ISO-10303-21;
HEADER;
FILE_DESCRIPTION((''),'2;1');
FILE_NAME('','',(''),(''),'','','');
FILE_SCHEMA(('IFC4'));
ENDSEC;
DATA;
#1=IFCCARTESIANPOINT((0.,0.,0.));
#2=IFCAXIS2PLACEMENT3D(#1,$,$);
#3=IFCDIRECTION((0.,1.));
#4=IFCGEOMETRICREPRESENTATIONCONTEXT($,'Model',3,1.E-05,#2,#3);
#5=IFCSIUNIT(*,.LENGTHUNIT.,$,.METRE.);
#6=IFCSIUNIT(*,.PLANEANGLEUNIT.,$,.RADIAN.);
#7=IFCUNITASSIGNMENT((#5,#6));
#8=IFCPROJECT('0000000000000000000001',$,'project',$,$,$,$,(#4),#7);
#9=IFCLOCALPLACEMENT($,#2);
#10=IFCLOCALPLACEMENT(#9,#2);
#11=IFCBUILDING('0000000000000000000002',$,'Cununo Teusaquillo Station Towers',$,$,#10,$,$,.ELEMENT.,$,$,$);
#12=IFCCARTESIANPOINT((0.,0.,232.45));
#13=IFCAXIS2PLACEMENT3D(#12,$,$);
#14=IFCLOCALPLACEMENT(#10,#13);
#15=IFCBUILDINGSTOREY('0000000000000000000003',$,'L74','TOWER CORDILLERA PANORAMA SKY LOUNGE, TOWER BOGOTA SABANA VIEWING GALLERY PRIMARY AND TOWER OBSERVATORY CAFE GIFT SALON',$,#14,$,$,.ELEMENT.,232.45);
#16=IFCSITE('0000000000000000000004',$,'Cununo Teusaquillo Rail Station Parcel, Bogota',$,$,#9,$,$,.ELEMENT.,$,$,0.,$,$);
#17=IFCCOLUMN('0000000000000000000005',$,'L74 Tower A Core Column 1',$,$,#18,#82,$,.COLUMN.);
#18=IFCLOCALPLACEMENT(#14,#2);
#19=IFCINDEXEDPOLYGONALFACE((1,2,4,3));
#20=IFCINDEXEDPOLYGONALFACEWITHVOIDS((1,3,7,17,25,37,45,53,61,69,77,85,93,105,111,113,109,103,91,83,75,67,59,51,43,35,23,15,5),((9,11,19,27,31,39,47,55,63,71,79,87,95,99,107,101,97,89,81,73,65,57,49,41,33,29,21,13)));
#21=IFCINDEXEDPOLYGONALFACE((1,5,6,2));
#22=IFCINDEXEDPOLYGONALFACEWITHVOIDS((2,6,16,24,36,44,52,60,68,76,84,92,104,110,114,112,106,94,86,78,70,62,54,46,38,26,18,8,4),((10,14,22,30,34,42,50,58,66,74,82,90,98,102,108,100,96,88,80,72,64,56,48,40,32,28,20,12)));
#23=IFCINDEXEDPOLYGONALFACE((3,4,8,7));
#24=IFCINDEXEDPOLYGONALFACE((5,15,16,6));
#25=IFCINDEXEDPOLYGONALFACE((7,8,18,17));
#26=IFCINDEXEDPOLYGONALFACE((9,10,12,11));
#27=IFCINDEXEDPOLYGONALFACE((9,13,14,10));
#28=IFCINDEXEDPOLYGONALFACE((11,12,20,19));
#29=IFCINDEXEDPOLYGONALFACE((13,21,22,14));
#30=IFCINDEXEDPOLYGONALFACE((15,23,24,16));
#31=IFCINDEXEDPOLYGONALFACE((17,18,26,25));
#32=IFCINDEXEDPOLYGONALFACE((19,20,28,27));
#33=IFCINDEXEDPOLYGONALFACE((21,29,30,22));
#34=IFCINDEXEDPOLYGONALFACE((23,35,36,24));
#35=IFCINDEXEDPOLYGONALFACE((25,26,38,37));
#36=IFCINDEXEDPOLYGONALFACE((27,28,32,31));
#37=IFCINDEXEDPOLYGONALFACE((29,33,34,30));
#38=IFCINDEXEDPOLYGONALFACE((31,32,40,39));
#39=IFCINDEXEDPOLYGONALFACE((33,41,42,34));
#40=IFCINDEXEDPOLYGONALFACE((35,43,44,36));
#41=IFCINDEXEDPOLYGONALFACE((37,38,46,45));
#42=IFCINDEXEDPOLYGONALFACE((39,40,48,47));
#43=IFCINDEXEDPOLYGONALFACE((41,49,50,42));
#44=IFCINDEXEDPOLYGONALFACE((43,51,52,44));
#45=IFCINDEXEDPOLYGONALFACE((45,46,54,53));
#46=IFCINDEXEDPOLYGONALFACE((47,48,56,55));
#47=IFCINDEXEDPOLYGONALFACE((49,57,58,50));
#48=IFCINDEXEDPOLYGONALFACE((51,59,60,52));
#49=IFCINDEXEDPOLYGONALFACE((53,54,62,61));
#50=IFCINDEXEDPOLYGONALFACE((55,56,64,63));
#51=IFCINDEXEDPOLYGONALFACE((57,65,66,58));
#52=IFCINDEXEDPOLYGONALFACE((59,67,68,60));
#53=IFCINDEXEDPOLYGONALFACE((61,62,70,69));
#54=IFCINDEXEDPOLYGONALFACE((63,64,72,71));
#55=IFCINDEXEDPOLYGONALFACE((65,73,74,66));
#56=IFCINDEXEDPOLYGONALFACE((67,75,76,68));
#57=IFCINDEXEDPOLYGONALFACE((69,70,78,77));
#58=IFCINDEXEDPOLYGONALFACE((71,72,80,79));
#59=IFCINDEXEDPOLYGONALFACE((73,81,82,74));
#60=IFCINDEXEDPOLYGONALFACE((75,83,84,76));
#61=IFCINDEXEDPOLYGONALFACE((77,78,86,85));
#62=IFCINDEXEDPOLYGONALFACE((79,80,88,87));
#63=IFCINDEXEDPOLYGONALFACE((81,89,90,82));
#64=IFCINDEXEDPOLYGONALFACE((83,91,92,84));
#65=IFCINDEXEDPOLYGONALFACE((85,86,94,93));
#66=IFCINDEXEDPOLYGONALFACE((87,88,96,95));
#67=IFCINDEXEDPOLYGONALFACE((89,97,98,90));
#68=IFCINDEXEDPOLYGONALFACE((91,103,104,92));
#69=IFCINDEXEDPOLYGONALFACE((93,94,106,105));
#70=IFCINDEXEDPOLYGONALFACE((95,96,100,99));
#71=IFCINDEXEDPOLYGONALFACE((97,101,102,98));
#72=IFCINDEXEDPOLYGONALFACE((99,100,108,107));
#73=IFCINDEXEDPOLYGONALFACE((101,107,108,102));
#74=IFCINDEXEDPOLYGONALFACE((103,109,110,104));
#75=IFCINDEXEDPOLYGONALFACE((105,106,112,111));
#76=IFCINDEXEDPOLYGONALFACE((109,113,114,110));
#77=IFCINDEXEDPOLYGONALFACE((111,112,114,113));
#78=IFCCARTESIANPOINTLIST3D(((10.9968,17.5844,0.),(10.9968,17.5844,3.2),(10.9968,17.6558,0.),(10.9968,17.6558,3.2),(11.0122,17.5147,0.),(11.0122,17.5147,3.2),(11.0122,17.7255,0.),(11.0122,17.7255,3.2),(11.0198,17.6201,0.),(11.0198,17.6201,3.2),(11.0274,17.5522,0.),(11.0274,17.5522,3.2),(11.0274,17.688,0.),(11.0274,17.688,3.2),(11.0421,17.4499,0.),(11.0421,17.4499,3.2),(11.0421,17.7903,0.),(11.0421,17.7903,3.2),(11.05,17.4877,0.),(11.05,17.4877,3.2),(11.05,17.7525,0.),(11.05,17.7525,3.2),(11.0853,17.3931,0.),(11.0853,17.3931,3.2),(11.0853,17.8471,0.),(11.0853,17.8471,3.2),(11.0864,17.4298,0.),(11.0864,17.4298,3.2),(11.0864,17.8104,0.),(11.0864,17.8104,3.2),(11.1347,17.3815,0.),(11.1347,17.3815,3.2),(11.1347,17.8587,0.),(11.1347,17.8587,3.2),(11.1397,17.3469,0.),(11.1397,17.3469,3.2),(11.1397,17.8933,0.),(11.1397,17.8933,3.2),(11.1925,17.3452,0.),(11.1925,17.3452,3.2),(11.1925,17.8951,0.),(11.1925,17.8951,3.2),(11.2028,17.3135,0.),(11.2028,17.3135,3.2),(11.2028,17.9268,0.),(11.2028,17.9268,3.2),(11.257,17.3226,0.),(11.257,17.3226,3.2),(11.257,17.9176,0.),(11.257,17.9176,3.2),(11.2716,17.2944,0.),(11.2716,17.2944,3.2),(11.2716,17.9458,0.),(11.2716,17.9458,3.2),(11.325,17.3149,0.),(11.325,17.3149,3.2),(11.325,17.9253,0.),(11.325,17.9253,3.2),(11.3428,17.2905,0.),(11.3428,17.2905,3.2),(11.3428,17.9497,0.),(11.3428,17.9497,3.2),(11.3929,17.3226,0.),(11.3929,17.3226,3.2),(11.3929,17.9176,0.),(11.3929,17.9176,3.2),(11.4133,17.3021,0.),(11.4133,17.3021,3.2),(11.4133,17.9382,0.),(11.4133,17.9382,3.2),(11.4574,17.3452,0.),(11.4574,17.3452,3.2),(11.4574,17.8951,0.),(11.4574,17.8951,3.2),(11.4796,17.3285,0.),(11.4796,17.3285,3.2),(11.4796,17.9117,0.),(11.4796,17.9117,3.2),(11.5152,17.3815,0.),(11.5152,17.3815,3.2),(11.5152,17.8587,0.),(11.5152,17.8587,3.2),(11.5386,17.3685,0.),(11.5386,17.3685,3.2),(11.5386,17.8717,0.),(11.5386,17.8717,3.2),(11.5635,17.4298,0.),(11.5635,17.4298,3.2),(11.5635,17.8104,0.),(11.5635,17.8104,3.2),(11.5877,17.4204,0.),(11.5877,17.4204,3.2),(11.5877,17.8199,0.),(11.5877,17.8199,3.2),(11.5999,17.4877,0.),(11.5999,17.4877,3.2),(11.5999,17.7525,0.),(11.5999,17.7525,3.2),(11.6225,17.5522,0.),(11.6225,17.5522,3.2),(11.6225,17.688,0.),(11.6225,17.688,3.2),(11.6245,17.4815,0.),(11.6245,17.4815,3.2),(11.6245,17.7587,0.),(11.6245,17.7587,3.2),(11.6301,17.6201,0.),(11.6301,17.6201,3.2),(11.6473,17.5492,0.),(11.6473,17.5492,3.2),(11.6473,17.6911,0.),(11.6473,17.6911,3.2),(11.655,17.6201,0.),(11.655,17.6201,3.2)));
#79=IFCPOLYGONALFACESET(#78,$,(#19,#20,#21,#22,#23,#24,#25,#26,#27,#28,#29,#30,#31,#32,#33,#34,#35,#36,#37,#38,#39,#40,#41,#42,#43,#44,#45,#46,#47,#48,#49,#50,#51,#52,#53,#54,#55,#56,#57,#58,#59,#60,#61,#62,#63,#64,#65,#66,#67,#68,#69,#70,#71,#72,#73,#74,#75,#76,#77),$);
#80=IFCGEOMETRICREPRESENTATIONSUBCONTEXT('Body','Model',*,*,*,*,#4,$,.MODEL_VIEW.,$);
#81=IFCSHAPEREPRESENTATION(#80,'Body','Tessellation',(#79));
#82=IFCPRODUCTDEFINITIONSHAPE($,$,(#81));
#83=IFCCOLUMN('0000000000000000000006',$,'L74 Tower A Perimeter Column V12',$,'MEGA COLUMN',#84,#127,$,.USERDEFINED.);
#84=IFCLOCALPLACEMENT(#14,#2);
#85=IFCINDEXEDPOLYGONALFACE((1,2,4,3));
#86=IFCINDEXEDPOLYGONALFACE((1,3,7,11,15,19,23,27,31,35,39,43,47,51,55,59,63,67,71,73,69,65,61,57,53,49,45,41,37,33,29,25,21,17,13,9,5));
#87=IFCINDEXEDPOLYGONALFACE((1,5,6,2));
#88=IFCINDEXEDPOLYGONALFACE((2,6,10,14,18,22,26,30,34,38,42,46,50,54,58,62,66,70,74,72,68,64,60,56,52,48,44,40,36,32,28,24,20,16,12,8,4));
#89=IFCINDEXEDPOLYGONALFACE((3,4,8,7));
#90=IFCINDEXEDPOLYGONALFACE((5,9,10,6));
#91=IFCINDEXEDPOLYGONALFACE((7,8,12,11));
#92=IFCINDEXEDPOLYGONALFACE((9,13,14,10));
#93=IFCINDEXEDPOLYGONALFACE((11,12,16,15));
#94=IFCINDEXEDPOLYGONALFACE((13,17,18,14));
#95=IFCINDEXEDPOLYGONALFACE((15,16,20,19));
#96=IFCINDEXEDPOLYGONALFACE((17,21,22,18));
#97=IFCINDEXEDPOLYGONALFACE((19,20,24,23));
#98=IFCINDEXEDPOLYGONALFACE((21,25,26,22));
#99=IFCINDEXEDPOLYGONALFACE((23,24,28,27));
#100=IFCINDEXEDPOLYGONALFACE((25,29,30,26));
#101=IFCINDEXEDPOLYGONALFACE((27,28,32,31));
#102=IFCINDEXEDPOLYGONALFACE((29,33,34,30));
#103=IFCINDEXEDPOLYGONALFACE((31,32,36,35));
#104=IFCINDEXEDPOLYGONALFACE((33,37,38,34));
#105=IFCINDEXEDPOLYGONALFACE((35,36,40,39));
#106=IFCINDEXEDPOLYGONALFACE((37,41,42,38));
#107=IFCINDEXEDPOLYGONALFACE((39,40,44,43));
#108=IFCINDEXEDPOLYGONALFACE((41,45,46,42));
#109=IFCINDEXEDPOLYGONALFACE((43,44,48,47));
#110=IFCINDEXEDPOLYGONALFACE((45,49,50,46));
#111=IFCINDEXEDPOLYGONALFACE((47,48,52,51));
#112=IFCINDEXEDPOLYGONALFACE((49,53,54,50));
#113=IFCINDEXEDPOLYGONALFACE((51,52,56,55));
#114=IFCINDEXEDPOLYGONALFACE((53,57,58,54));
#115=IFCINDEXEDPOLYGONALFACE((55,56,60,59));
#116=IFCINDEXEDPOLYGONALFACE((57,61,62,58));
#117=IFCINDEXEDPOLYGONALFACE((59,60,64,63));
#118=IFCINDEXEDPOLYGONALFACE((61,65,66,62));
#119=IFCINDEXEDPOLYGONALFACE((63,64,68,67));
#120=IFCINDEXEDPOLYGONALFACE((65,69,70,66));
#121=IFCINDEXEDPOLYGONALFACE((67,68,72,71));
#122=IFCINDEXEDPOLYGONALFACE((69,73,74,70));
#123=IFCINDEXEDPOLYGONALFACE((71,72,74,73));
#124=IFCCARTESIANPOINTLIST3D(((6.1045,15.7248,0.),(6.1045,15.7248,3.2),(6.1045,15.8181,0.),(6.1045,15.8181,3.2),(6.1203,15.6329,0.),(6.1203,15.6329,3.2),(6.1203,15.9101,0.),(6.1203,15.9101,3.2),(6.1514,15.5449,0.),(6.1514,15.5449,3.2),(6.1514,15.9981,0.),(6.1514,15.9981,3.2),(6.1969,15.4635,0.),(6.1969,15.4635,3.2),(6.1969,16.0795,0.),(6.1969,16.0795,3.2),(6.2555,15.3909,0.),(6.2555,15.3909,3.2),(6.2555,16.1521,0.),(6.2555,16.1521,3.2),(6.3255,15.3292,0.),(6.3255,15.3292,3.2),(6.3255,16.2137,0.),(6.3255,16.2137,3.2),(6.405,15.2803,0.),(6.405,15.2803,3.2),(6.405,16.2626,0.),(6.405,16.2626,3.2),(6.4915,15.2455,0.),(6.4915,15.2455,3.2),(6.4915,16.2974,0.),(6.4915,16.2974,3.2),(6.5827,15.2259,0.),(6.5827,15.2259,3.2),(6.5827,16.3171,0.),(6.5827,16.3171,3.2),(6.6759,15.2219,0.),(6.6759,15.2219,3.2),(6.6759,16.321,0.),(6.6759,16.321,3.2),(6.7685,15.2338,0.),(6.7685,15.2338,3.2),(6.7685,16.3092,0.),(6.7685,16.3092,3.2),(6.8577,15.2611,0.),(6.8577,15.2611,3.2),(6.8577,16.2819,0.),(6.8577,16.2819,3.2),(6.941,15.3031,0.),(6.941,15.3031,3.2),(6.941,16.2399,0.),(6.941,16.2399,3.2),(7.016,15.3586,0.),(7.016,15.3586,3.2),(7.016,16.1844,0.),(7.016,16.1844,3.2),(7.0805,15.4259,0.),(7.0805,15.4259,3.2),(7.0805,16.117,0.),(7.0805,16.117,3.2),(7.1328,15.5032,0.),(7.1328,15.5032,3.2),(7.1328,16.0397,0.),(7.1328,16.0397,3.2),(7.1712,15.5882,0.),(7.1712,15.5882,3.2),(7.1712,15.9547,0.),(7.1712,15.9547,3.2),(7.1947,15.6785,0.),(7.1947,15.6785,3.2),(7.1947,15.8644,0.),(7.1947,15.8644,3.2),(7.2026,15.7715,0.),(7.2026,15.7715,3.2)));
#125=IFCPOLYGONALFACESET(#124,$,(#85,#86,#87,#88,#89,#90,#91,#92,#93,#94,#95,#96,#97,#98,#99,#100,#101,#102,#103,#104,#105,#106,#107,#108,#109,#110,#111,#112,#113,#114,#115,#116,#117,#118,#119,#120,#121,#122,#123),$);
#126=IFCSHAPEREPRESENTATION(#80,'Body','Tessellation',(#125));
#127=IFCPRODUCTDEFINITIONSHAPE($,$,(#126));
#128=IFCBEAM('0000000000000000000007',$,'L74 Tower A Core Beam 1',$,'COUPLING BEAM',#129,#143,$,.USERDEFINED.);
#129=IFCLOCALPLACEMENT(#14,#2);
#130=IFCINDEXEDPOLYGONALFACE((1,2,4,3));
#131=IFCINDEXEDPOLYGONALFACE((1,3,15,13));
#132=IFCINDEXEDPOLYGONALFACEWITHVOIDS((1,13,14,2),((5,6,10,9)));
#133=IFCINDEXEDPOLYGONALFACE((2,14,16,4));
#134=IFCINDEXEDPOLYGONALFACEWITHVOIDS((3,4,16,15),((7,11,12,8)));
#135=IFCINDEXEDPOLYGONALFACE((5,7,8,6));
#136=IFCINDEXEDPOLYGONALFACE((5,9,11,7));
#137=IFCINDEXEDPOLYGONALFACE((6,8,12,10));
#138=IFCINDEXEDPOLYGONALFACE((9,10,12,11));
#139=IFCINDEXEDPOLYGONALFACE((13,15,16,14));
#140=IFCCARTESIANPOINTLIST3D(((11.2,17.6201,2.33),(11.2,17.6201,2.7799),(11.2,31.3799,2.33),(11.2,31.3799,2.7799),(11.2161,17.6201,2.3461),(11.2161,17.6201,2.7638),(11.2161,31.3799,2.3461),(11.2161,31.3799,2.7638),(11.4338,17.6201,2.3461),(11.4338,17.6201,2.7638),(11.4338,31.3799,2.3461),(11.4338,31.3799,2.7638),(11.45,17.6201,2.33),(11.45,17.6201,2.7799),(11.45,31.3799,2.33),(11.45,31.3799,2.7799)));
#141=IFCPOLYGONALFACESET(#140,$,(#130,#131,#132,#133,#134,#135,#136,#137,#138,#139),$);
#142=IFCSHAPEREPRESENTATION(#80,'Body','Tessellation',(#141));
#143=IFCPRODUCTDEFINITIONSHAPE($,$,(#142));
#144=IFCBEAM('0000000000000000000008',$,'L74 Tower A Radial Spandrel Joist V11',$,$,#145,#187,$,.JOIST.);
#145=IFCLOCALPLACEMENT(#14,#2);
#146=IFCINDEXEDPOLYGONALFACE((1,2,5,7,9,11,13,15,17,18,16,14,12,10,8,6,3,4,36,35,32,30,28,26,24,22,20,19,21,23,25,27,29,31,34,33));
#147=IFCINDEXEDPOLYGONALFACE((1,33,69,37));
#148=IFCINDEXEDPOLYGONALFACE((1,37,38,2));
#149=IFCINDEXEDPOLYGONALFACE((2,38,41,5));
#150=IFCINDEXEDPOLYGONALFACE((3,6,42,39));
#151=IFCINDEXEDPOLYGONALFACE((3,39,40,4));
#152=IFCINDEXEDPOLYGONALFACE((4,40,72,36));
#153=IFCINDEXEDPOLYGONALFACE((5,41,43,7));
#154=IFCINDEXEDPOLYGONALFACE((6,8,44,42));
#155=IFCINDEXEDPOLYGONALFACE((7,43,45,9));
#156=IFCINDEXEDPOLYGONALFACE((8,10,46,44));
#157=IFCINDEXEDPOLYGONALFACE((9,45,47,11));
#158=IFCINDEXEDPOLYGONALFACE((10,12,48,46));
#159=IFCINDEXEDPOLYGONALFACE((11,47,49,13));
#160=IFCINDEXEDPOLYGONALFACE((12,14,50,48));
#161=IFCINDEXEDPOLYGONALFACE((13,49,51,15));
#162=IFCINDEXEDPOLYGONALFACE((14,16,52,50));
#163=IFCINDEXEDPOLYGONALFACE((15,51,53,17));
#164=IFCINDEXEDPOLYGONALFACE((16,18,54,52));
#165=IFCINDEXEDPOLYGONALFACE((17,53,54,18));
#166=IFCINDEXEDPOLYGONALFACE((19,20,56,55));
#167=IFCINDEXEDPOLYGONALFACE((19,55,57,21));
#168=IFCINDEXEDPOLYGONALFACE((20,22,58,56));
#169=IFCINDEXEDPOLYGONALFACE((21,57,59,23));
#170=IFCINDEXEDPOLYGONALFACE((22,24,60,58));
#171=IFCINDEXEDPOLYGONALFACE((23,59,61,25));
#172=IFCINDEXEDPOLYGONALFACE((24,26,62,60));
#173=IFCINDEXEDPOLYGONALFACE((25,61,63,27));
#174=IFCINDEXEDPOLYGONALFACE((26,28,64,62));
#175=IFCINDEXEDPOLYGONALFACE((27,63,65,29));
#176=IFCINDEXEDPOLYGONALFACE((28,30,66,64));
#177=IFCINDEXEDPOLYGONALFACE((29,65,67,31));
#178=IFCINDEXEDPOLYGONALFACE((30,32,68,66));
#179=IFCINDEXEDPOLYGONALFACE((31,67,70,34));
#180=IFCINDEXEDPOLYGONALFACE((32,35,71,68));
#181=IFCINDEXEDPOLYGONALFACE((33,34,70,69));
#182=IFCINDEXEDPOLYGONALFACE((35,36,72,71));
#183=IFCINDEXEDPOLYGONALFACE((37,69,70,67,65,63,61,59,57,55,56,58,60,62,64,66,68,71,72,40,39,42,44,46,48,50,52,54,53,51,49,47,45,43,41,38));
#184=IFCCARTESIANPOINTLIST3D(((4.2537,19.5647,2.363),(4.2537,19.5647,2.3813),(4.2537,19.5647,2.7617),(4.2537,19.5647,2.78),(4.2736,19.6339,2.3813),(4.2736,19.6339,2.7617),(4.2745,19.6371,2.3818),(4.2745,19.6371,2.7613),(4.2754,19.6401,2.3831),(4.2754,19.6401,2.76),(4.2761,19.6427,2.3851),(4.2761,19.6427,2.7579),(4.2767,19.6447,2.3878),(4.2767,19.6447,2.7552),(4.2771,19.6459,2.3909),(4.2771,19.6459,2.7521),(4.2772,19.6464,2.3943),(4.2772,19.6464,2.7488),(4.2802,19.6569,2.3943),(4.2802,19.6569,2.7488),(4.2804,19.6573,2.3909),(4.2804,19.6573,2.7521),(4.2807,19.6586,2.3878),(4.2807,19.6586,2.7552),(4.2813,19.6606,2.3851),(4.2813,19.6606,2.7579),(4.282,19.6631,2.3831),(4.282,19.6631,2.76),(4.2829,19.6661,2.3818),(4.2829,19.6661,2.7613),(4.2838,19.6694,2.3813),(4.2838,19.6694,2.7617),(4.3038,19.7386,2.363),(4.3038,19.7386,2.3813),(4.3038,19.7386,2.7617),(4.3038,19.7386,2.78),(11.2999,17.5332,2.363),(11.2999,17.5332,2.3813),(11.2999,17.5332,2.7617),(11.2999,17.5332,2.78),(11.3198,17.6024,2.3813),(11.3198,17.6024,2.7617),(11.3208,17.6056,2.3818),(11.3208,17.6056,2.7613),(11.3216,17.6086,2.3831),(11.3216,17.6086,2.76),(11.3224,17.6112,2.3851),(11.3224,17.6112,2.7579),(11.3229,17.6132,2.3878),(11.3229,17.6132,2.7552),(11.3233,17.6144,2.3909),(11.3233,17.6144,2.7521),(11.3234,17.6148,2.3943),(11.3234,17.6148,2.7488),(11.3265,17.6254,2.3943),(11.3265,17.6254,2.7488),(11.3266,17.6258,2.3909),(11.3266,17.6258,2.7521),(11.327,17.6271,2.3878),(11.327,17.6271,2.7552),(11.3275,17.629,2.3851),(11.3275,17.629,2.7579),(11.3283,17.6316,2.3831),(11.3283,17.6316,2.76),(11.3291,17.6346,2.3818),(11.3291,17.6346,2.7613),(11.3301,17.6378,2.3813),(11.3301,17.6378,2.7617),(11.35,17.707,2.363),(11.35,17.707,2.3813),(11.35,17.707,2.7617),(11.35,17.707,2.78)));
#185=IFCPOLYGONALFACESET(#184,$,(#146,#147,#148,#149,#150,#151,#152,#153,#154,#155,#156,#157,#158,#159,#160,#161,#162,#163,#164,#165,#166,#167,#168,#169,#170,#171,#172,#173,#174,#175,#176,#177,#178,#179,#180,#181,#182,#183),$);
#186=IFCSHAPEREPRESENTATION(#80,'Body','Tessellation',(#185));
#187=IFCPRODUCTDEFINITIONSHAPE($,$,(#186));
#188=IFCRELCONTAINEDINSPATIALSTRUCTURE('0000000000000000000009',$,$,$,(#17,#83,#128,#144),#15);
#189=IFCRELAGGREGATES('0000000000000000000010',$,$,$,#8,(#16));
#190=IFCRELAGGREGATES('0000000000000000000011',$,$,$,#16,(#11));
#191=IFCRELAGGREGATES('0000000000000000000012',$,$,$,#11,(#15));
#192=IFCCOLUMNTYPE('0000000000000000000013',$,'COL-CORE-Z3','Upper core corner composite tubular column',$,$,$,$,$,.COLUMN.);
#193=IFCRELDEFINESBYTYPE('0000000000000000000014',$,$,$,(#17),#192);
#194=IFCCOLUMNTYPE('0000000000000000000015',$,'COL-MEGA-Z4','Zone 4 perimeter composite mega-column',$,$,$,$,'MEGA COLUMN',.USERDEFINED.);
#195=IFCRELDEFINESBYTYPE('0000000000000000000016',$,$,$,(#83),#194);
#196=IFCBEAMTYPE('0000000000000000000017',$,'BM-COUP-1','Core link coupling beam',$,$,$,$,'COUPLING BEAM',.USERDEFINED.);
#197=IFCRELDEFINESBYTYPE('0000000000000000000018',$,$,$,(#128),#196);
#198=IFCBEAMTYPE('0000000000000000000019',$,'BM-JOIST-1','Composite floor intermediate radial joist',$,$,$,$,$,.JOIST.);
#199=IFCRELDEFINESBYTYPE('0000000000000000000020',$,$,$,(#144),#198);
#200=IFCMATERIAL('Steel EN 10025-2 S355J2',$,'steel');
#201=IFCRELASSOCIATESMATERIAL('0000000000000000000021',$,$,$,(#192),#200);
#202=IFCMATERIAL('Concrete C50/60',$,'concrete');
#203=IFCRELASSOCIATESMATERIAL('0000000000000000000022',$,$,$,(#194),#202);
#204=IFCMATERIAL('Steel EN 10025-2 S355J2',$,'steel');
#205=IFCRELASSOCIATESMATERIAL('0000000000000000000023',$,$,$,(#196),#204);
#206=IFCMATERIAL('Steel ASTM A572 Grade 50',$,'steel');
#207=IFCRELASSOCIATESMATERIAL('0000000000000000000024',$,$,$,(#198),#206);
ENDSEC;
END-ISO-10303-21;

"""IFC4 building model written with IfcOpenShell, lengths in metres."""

from ifc_helpers import new_model, si_unit, direction, frame, origin, origin_2d, place, context, subcontext, project, spatial, hollow_rectangle, circle, hollow_circle, i_section, extrude, material, material_profile, profile_set, type_object, element, save


model = new_model("IFC4")

# Units and contexts
model_context = context("Model", 3, precision=1e-05, world=origin(), true_north=direction((0.0, 1.0)))
body_context = subcontext(model_context, "Body", "Model", "MODEL_VIEW")
ifc_project = project(units=[si_unit("LENGTHUNIT", "METRE"), si_unit("PLANEANGLEUNIT", "RADIAN")], contexts=[model_context])

# Site, building, storey
site_placement = place(None, origin())
site = spatial("IfcSite", under=ifc_project, at=site_placement, Name="Cununo Teusaquillo Rail Station Parcel, Bogota", CompositionType="ELEMENT", RefElevation=0.0)
building_placement = place(site_placement, origin())
building = spatial("IfcBuilding", under=site, at=building_placement, Name="Cununo Teusaquillo Station Towers", CompositionType="ELEMENT")
storey_placement = place(building_placement, frame((0.0, 0.0, 232.45)))
storey = spatial("IfcBuildingStorey", under=building, at=storey_placement, Name="L74", Description="TOWER CORDILLERA PANORAMA SKY LOUNGE, TOWER BOGOTA SABANA VIEWING GALLERY PRIMARY AND TOWER OBSERVATORY CAFE GIFT SALON", CompositionType="ELEMENT", Elevation=232.45)

# Columns
ifc_material_1 = material(Name="Steel EN 10025-2 S355J2", Category="steel")
ifc_material_profile_1 = material_profile(ifc_material_1, hollow_circle(Radius=0.3301, WallThickness=0.0249, at=origin_2d()), Name="CHS 660x25")
ifc_profile_set_1 = profile_set([ifc_material_profile_1], Name="Steel EN 10025-2 S355J2")
column_type_1 = type_object("IfcColumnType", Name="COL-CORE-Z3", Description="Upper core corner composite tubular column", PredefinedType="COLUMN", material=ifc_profile_set_1)
column_1_placement = place(storey_placement, frame((11.325, 17.6201, 0.0), z_axis=(0.0, 0.0, 1.0), x_axis=(1.0, 0.0, 0.0)))
element("IfcColumn", 1, at=column_1_placement, inside=storey, type_object=column_type_1, Name="L74 Tower A Core Column 1", PredefinedType="COLUMN", context=body_context, shape_type="SweptSolid", body=[
    extrude(hollow_circle(Radius=0.3301, WallThickness=0.0249, at=origin_2d()), origin(), (0.0, 0.0, 1.0), 3.2),
])
ifc_material_2 = material(Name="Concrete C50/60", Category="concrete")
ifc_material_profile_2 = material_profile(ifc_material_2, circle(Radius=0.55, at=origin_2d()), Name="RC-CIRC-1100")
ifc_profile_set_2 = profile_set([ifc_material_profile_2], Name="Concrete C50/60")
column_type_2 = type_object("IfcColumnType", Name="COL-MEGA-Z4", Description="Zone 4 perimeter composite mega-column", ElementType="MEGA COLUMN", PredefinedType="USERDEFINED", material=ifc_profile_set_2)
column_2_placement = place(storey_placement, frame((6.6526, 15.7715, 0.0), z_axis=(0.0, 0.0, 1.0), x_axis=(1.0, 0.0, 0.0)))
element("IfcColumn", 2, at=column_2_placement, inside=storey, type_object=column_type_2, Name="L74 Tower A Perimeter Column V12", ObjectType="MEGA COLUMN", PredefinedType="USERDEFINED", context=body_context, shape_type="SweptSolid", body=[
    extrude(circle(Radius=0.55, at=origin_2d()), origin(), (0.0, 0.0, 1.0), 3.2),
])

# Beams
ifc_material_3 = material(Name="Steel EN 10025-2 S355J2", Category="steel")
ifc_material_profile_3 = material_profile(ifc_material_3, hollow_rectangle(XDim=0.25, YDim=0.45, WallThickness=0.0161, at=origin_2d()), Name="RHS 450x250x16")
ifc_profile_set_3 = profile_set([ifc_material_profile_3], Name="Steel EN 10025-2 S355J2")
beam_type_1 = type_object("IfcBeamType", Name="BM-COUP-1", Description="Core link coupling beam", ElementType="COUPLING BEAM", PredefinedType="USERDEFINED", material=ifc_profile_set_3)
beam_1_placement = place(storey_placement, frame((11.325, 17.6201, 2.5549), z_axis=(0.0, 1.0, 0.0), x_axis=(-1.0, 0.0, 0.0)))
element("IfcBeam", 3, at=beam_1_placement, inside=storey, type_object=beam_type_1, Name="L74 Tower A Core Beam 1", ObjectType="COUPLING BEAM", PredefinedType="USERDEFINED", context=body_context, shape_type="SweptSolid", body=[
    extrude(hollow_rectangle(XDim=0.25, YDim=0.45, WallThickness=0.0161, at=origin_2d()), origin(), (0.0, 0.0, 1.0), 13.7598),
])
ifc_material_4 = material(Name="Steel ASTM A572 Grade 50", Category="steel")
ifc_material_profile_4 = material_profile(ifc_material_4, i_section(OverallWidth=0.1809, OverallDepth=0.417, WebThickness=0.011, FlangeThickness=0.0183, FilletRadius=0.0129, at=origin_2d()), Name="W16X57")
ifc_profile_set_4 = profile_set([ifc_material_profile_4], Name="Steel ASTM A572 Grade 50")
beam_type_2 = type_object("IfcBeamType", Name="BM-JOIST-1", Description="Composite floor intermediate radial joist", PredefinedType="JOIST", material=ifc_profile_set_4)
beam_2_placement = place(storey_placement, frame((11.325, 17.6201, 2.5715), z_axis=(-0.960862, 0.277029, 0.0), x_axis=(-0.277029, -0.960862, 0.0)))
element("IfcBeam", 4, at=beam_2_placement, inside=storey, type_object=beam_type_2, Name="L74 Tower A Radial Spandrel Joist V11", PredefinedType="JOIST", context=body_context, shape_type="SweptSolid", body=[
    extrude(i_section(OverallWidth=0.1809, OverallDepth=0.417, WebThickness=0.011, FlangeThickness=0.0183, FilletRadius=0.0129, at=origin_2d()), origin(), (0.0, 0.0, 1.0), 7.3333),
])

save(model, "model.ifc")
